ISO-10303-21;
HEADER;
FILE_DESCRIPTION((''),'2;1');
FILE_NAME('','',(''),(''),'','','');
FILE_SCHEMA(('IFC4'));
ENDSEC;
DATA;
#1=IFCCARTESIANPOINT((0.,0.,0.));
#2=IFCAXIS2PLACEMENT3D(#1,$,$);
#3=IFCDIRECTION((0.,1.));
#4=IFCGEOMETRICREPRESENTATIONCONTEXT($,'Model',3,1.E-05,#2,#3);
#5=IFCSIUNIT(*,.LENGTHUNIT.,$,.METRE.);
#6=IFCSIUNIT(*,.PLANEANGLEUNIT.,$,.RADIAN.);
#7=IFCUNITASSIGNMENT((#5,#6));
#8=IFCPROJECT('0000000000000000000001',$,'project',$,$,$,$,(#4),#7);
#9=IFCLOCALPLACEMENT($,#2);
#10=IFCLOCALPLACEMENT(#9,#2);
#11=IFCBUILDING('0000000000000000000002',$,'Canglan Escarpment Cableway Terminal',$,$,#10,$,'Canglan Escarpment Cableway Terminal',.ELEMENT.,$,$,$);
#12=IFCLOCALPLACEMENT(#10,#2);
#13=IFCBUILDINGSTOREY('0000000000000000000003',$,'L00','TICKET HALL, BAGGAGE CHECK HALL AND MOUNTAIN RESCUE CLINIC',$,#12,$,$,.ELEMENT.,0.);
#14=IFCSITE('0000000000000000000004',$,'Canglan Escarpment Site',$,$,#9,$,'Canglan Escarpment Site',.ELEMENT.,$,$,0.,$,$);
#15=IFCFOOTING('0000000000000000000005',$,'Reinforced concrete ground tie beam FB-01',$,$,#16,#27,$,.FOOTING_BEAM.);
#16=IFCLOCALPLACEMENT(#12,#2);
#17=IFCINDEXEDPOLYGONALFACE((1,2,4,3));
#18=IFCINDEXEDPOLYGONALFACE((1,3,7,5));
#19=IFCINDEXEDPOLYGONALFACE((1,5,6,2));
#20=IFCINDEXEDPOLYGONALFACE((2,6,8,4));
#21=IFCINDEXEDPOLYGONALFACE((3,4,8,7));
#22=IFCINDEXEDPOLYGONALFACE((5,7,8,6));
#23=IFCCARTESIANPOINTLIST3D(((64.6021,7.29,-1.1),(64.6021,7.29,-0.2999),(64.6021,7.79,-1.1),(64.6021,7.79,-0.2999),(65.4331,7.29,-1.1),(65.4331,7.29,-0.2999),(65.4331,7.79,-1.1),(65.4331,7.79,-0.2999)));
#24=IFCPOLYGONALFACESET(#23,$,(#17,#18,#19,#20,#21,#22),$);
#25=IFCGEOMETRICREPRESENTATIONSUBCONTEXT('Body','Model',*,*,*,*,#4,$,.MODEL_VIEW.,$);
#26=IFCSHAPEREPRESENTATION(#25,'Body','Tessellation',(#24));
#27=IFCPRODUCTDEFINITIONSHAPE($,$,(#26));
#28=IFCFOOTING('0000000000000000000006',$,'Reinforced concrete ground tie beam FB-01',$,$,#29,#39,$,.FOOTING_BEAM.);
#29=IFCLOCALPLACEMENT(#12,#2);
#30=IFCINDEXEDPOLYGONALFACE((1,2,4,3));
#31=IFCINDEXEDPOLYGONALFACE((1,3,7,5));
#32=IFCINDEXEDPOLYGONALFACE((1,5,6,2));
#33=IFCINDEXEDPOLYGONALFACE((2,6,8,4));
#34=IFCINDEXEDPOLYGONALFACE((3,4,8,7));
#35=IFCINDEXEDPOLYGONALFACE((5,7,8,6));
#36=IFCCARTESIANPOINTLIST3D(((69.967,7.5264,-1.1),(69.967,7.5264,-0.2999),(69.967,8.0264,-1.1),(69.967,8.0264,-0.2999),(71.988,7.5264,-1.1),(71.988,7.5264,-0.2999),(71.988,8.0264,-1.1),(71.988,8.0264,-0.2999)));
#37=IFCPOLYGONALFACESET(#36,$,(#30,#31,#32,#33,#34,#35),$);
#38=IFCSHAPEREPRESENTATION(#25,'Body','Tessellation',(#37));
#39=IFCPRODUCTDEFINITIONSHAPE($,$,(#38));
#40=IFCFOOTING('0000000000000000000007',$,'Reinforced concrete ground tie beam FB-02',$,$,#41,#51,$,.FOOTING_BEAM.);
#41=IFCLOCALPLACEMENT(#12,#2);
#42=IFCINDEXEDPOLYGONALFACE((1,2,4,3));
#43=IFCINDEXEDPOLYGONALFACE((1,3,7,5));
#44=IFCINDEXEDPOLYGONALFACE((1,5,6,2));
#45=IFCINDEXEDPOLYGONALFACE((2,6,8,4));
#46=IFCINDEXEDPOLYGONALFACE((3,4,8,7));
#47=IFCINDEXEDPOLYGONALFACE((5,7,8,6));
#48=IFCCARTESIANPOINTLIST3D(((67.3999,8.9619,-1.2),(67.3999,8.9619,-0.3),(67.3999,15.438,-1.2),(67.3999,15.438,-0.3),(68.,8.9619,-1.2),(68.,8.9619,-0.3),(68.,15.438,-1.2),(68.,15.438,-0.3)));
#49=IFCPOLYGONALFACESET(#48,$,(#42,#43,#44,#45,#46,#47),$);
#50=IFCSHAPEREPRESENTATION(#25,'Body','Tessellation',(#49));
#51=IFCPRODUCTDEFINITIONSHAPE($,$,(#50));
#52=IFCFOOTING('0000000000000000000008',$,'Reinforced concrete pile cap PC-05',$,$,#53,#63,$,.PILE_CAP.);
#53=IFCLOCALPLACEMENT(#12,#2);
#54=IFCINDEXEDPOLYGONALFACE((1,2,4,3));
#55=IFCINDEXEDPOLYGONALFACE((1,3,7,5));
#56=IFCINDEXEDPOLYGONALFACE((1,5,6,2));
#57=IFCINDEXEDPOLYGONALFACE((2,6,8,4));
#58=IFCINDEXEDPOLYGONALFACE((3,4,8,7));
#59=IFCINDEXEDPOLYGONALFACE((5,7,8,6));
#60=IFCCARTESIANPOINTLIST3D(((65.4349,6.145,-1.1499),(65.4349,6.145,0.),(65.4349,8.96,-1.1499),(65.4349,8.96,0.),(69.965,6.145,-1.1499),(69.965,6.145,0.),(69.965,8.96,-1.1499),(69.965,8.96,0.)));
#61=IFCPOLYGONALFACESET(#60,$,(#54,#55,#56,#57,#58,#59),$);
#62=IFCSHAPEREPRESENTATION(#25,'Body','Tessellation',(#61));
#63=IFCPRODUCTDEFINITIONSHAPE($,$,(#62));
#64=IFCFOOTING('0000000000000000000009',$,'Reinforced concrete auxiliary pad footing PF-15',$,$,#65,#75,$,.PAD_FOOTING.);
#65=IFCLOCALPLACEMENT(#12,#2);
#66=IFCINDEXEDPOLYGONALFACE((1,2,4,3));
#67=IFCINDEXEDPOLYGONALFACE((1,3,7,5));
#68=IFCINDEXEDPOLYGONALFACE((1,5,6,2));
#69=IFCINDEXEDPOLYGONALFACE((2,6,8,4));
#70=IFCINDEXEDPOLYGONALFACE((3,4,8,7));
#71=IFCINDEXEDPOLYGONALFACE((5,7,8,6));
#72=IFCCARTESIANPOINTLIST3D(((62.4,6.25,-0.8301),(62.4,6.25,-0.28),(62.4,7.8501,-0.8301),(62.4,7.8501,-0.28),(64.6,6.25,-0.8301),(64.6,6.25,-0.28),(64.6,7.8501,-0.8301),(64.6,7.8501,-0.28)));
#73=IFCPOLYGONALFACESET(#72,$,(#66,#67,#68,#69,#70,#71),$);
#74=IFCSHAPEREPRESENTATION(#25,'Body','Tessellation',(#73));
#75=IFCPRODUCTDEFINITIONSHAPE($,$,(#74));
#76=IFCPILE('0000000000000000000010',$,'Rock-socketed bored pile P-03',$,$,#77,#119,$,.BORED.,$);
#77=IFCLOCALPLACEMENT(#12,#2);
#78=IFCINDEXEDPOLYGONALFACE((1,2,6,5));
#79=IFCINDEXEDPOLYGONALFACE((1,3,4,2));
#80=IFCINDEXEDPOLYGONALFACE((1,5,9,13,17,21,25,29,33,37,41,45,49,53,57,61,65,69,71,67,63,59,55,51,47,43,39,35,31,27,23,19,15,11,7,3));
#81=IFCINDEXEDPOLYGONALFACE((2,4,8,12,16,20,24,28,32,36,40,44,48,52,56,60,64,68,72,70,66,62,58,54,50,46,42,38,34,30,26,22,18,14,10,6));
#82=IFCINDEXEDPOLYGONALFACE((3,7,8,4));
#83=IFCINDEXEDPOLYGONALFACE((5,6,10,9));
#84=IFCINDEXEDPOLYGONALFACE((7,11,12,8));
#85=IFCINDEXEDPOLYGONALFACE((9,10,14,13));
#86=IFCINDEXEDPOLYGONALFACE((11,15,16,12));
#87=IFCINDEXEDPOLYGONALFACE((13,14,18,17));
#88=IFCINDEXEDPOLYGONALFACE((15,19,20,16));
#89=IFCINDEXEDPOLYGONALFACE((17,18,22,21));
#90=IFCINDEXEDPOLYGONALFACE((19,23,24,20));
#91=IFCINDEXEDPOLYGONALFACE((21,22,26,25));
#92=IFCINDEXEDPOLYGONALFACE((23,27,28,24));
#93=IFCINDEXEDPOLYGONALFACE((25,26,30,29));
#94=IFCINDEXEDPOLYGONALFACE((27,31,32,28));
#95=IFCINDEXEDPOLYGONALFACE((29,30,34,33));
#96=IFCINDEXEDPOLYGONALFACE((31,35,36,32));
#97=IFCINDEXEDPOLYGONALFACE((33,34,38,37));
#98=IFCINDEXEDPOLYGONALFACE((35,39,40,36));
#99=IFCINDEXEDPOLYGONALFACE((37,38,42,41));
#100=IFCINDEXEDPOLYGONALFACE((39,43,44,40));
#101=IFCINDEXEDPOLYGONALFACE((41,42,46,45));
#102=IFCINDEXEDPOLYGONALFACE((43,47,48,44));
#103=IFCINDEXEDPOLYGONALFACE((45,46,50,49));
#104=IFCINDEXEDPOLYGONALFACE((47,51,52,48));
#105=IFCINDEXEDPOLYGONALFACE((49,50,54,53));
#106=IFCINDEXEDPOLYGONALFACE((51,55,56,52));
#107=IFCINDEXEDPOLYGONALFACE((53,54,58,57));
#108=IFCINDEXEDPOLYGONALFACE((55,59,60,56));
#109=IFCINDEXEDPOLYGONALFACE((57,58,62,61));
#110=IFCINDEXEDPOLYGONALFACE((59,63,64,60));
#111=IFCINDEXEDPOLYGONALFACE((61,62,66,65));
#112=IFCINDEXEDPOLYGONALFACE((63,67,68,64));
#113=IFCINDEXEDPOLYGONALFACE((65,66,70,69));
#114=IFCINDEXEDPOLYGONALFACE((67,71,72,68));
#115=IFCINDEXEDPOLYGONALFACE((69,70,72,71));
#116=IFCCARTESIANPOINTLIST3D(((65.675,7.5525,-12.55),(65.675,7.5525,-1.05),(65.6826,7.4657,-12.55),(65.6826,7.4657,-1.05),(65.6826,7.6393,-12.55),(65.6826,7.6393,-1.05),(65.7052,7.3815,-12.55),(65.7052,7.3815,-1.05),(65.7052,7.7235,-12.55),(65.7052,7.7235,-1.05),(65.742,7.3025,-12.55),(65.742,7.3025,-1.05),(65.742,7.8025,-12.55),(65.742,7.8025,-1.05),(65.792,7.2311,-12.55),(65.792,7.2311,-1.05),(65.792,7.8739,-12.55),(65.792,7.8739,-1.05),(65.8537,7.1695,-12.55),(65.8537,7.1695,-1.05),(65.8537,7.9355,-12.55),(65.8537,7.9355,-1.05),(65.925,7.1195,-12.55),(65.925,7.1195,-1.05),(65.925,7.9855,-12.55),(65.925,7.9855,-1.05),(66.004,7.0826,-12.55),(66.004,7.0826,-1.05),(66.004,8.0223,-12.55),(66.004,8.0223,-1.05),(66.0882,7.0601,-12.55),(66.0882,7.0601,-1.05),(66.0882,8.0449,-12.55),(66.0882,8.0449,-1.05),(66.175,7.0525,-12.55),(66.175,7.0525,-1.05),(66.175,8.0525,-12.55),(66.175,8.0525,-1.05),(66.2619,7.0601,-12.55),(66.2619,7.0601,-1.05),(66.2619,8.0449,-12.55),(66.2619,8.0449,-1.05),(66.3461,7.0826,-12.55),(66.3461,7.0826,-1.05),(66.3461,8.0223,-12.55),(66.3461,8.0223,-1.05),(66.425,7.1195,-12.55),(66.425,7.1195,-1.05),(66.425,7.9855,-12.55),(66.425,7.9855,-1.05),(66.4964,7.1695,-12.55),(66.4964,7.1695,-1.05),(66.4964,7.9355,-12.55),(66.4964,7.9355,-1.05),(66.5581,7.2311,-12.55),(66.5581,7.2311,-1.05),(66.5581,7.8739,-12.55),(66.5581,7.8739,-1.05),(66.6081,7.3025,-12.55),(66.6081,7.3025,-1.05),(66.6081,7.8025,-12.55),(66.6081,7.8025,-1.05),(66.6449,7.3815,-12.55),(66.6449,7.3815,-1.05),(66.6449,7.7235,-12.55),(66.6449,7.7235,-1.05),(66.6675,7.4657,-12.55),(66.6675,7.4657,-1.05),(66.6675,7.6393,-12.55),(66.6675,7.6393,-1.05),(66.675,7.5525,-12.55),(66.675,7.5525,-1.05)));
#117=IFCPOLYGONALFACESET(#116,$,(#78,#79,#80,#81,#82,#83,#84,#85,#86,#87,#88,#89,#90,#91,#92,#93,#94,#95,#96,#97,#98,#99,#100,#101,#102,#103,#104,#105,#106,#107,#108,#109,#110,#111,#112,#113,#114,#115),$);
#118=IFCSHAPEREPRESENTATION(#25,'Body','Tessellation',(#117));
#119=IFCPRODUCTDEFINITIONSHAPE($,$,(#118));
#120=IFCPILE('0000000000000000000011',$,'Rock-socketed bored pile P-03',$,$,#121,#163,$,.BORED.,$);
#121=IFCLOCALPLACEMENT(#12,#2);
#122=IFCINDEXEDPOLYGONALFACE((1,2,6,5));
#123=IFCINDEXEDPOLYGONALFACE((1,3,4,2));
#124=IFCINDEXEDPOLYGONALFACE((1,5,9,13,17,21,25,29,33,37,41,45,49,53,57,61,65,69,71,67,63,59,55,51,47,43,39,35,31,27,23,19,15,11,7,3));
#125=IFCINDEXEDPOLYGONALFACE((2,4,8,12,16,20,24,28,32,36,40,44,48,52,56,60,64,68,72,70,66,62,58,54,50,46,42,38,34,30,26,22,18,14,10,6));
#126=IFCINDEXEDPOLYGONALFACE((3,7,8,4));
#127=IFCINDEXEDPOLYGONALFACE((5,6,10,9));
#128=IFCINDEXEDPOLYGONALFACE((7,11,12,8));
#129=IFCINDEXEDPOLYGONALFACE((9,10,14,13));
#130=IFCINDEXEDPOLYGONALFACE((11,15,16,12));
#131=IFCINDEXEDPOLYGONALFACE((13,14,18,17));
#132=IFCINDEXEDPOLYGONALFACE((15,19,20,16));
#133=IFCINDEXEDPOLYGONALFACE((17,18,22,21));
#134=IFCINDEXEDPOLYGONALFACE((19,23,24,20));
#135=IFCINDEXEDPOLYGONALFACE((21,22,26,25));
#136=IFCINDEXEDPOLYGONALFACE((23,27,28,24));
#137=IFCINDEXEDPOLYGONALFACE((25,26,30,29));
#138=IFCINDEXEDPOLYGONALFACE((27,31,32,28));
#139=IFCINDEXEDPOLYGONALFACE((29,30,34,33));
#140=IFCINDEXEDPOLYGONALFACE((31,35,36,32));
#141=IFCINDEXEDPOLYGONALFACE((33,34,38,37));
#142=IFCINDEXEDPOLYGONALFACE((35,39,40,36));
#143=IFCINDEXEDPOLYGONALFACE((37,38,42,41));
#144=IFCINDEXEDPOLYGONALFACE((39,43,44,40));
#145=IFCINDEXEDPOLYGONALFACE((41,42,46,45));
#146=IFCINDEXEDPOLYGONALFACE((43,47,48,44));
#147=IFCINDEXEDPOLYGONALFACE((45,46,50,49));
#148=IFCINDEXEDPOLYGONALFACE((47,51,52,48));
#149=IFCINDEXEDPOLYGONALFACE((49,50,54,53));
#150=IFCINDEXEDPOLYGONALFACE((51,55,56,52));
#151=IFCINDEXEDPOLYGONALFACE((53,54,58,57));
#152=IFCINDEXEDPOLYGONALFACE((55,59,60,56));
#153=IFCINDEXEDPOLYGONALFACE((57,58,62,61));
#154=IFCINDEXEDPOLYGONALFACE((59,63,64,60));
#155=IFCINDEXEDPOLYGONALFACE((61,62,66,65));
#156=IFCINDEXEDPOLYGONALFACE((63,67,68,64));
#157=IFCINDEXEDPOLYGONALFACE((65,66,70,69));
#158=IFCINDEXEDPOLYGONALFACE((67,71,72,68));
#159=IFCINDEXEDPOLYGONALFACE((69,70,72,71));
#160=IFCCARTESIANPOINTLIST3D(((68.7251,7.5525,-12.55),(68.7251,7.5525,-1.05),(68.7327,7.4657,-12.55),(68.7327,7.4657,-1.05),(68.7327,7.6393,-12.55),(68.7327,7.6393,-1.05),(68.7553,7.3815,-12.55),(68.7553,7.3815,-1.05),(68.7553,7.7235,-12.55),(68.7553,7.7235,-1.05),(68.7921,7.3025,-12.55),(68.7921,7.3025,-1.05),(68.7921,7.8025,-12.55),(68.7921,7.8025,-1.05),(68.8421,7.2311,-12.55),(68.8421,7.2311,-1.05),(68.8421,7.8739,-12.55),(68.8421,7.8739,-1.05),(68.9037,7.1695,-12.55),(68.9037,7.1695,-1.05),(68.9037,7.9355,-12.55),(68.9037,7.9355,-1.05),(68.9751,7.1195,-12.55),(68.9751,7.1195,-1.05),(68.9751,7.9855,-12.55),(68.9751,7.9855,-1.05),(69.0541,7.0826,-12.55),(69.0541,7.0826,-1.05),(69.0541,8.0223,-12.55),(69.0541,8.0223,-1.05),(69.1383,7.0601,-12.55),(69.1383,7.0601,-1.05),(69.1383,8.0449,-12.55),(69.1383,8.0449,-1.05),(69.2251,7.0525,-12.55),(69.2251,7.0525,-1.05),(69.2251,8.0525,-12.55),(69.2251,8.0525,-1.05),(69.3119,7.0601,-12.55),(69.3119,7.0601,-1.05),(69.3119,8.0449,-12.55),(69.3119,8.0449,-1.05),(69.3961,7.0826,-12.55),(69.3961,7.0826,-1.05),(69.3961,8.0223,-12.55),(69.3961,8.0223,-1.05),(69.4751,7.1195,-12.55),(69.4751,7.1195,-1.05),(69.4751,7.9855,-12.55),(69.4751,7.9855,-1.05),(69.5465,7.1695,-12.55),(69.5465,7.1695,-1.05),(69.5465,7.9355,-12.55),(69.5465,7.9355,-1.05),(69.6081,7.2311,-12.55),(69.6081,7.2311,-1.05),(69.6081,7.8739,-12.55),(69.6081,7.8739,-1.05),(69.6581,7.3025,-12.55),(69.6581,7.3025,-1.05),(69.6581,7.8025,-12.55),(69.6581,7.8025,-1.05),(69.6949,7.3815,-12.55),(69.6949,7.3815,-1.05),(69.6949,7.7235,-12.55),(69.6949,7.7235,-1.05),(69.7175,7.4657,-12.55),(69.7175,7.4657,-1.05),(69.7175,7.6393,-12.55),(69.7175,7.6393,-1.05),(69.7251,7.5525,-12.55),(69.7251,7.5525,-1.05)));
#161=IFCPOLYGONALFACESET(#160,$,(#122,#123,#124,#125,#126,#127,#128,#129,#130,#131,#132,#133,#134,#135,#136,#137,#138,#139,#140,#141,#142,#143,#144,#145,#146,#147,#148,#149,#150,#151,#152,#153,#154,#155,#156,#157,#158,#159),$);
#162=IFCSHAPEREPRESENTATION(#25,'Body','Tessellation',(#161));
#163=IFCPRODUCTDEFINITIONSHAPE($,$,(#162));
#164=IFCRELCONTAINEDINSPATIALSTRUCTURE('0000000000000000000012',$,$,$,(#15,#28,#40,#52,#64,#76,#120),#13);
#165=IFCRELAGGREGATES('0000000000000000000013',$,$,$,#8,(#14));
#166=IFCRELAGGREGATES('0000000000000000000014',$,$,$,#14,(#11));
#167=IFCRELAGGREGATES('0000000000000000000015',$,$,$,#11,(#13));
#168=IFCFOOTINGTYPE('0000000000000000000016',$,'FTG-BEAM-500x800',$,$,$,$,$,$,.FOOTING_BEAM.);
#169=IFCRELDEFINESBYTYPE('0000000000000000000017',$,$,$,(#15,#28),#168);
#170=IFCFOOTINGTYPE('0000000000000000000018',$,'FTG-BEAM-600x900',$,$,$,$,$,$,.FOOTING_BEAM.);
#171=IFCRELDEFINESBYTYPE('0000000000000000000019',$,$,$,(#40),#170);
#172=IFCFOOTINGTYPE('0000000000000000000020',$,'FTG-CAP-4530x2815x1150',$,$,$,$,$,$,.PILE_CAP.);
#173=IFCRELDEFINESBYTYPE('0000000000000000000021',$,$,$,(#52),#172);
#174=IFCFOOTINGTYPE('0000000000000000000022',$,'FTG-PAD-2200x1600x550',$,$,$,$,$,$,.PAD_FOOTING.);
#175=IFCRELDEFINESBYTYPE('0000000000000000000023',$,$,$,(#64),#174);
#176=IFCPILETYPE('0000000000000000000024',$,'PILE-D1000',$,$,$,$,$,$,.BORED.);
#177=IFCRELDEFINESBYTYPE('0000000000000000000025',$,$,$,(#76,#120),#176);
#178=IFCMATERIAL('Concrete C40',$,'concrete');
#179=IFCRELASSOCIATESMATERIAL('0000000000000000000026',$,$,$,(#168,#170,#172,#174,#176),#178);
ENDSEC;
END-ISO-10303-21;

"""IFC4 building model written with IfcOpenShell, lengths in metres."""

from ifc_helpers import new_model, si_unit, direction, frame, origin, origin_2d, place, context, subcontext, project, spatial, rectangle, circle, extrude, material, material_profile, profile_set, type_object, element, save


model = new_model("IFC4")

# Units and contexts
model_context = context("Model", 3, precision=1e-05, world=origin(), true_north=direction((0.0, 1.0)))
body_context = subcontext(model_context, "Body", "Model", "MODEL_VIEW")
ifc_project = project(units=[si_unit("LENGTHUNIT", "METRE"), si_unit("PLANEANGLEUNIT", "RADIAN")], contexts=[model_context])

# Site, building, storey
site_placement = place(None, origin())
site = spatial("IfcSite", under=ifc_project, at=site_placement, Name="Canglan Escarpment Site", LongName="Canglan Escarpment Site", CompositionType="ELEMENT", RefElevation=0.0)
building_placement = place(site_placement, origin())
building = spatial("IfcBuilding", under=site, at=building_placement, Name="Canglan Escarpment Cableway Terminal", LongName="Canglan Escarpment Cableway Terminal", CompositionType="ELEMENT")
storey_placement = place(building_placement, origin())
storey = spatial("IfcBuildingStorey", under=building, at=storey_placement, Name="L00", Description="TICKET HALL, BAGGAGE CHECK HALL AND MOUNTAIN RESCUE CLINIC", CompositionType="ELEMENT", Elevation=0.0)

# Footings
ifc_material_1 = material(Name="Concrete C40", Category="concrete")
ifc_material_profile_1 = material_profile(ifc_material_1, rectangle(XDim=0.5, YDim=0.8, at=origin_2d()), Name="FB 500x800")
ifc_profile_set_1 = profile_set([ifc_material_profile_1], Name="Concrete C40")
footing_type_1 = type_object("IfcFootingType", Name="FTG-BEAM-500x800", PredefinedType="FOOTING_BEAM", material=ifc_profile_set_1)
footing_1_placement = place(storey_placement, frame((64.6021, 7.54, -0.7), z_axis=(1.0, 0.0, 0.0), x_axis=(0.0, 1.0, 0.0)))
element("IfcFooting", 1, at=footing_1_placement, inside=storey, type_object=footing_type_1, Name="Reinforced concrete ground tie beam FB-01", PredefinedType="FOOTING_BEAM", context=body_context, shape_type="SweptSolid", body=[
    extrude(rectangle(XDim=0.5, YDim=0.8, at=origin_2d()), origin(), (0.0, 0.0, 1.0), 0.8311),
])
footing_2_placement = place(storey_placement, frame((69.967, 7.7764, -0.7), z_axis=(1.0, 0.0, 0.0), x_axis=(0.0, 1.0, 0.0)))
element("IfcFooting", 2, at=footing_2_placement, inside=storey, type_object=footing_type_1, Name="Reinforced concrete ground tie beam FB-01", PredefinedType="FOOTING_BEAM", context=body_context, shape_type="SweptSolid", body=[
    extrude(rectangle(XDim=0.5, YDim=0.8, at=origin_2d()), origin(), (0.0, 0.0, 1.0), 2.021),
])
ifc_material_profile_2 = material_profile(ifc_material_1, rectangle(XDim=0.6001, YDim=0.8999, at=origin_2d()), Name="FB 600x900")
ifc_profile_set_2 = profile_set([ifc_material_profile_2], Name="Concrete C40")
footing_type_2 = type_object("IfcFootingType", Name="FTG-BEAM-600x900", PredefinedType="FOOTING_BEAM", material=ifc_profile_set_2)
footing_3_placement = place(storey_placement, frame((67.7, 8.9619, -0.75), z_axis=(0.0, 1.0, 0.0), x_axis=(-1.0, 0.0, 0.0)))
element("IfcFooting", 3, at=footing_3_placement, inside=storey, type_object=footing_type_2, Name="Reinforced concrete ground tie beam FB-02", PredefinedType="FOOTING_BEAM", context=body_context, shape_type="SweptSolid", body=[
    extrude(rectangle(XDim=0.6001, YDim=0.8999, at=origin_2d()), origin(), (0.0, 0.0, 1.0), 6.4761),
])
footing_type_3 = type_object("IfcFootingType", Name="FTG-CAP-4530x2815x1150", PredefinedType="PILE_CAP", material=ifc_material_1)
footing_4_placement = place(storey_placement, frame((67.7, 7.5525, -1.1499), z_axis=(0.0, 0.0, 1.0), x_axis=(1.0, 0.0, 0.0)))
element("IfcFooting", 4, at=footing_4_placement, inside=storey, type_object=footing_type_3, Name="Reinforced concrete pile cap PC-05", PredefinedType="PILE_CAP", context=body_context, shape_type="SweptSolid", body=[
    extrude(rectangle(XDim=4.53, YDim=2.8149, at=origin_2d()), origin(), (0.0, 0.0, 1.0), 1.1499),
])
footing_type_4 = type_object("IfcFootingType", Name="FTG-PAD-2200x1600x550", PredefinedType="PAD_FOOTING", material=ifc_material_1)
footing_5_placement = place(storey_placement, frame((63.5, 7.05, -0.8301), z_axis=(0.0, 0.0, 1.0), x_axis=(1.0, 0.0, 0.0)))
element("IfcFooting", 5, at=footing_5_placement, inside=storey, type_object=footing_type_4, Name="Reinforced concrete auxiliary pad footing PF-15", PredefinedType="PAD_FOOTING", context=body_context, shape_type="SweptSolid", body=[
    extrude(rectangle(XDim=2.2, YDim=1.6001, at=origin_2d()), origin(), (0.0, 0.0, 1.0), 0.55),
])

# Piles
ifc_material_profile_3 = material_profile(ifc_material_1, circle(Radius=0.5, at=origin_2d()), Name="BORED PILE D1000")
ifc_profile_set_3 = profile_set([ifc_material_profile_3], Name="Concrete C40")
pile_type = type_object("IfcPileType", Name="PILE-D1000", PredefinedType="BORED", material=ifc_profile_set_3)
for number, where, z_axis, x_axis, name in (
    (6, (66.175, 7.5525, -1.05), (0.0, 0.0, -1.0), (1.0, 0.0, 0.0), "Rock-socketed bored pile P-03"),
    (7, (69.2251, 7.5525, -1.05), (0.0, 0.0, -1.0), (1.0, 0.0, 0.0), "Rock-socketed bored pile P-03"),
):
    element("IfcPile", number, at=place(storey_placement, frame(where, z_axis=z_axis, x_axis=x_axis)), inside=storey, type_object=pile_type, Name=name, PredefinedType="BORED", context=body_context, shape_type="SweptSolid", body=[
        extrude(circle(Radius=0.5, at=origin_2d()), origin(), (0.0, 0.0, 1.0), 11.5),
    ])

save(model, "model.ifc")
